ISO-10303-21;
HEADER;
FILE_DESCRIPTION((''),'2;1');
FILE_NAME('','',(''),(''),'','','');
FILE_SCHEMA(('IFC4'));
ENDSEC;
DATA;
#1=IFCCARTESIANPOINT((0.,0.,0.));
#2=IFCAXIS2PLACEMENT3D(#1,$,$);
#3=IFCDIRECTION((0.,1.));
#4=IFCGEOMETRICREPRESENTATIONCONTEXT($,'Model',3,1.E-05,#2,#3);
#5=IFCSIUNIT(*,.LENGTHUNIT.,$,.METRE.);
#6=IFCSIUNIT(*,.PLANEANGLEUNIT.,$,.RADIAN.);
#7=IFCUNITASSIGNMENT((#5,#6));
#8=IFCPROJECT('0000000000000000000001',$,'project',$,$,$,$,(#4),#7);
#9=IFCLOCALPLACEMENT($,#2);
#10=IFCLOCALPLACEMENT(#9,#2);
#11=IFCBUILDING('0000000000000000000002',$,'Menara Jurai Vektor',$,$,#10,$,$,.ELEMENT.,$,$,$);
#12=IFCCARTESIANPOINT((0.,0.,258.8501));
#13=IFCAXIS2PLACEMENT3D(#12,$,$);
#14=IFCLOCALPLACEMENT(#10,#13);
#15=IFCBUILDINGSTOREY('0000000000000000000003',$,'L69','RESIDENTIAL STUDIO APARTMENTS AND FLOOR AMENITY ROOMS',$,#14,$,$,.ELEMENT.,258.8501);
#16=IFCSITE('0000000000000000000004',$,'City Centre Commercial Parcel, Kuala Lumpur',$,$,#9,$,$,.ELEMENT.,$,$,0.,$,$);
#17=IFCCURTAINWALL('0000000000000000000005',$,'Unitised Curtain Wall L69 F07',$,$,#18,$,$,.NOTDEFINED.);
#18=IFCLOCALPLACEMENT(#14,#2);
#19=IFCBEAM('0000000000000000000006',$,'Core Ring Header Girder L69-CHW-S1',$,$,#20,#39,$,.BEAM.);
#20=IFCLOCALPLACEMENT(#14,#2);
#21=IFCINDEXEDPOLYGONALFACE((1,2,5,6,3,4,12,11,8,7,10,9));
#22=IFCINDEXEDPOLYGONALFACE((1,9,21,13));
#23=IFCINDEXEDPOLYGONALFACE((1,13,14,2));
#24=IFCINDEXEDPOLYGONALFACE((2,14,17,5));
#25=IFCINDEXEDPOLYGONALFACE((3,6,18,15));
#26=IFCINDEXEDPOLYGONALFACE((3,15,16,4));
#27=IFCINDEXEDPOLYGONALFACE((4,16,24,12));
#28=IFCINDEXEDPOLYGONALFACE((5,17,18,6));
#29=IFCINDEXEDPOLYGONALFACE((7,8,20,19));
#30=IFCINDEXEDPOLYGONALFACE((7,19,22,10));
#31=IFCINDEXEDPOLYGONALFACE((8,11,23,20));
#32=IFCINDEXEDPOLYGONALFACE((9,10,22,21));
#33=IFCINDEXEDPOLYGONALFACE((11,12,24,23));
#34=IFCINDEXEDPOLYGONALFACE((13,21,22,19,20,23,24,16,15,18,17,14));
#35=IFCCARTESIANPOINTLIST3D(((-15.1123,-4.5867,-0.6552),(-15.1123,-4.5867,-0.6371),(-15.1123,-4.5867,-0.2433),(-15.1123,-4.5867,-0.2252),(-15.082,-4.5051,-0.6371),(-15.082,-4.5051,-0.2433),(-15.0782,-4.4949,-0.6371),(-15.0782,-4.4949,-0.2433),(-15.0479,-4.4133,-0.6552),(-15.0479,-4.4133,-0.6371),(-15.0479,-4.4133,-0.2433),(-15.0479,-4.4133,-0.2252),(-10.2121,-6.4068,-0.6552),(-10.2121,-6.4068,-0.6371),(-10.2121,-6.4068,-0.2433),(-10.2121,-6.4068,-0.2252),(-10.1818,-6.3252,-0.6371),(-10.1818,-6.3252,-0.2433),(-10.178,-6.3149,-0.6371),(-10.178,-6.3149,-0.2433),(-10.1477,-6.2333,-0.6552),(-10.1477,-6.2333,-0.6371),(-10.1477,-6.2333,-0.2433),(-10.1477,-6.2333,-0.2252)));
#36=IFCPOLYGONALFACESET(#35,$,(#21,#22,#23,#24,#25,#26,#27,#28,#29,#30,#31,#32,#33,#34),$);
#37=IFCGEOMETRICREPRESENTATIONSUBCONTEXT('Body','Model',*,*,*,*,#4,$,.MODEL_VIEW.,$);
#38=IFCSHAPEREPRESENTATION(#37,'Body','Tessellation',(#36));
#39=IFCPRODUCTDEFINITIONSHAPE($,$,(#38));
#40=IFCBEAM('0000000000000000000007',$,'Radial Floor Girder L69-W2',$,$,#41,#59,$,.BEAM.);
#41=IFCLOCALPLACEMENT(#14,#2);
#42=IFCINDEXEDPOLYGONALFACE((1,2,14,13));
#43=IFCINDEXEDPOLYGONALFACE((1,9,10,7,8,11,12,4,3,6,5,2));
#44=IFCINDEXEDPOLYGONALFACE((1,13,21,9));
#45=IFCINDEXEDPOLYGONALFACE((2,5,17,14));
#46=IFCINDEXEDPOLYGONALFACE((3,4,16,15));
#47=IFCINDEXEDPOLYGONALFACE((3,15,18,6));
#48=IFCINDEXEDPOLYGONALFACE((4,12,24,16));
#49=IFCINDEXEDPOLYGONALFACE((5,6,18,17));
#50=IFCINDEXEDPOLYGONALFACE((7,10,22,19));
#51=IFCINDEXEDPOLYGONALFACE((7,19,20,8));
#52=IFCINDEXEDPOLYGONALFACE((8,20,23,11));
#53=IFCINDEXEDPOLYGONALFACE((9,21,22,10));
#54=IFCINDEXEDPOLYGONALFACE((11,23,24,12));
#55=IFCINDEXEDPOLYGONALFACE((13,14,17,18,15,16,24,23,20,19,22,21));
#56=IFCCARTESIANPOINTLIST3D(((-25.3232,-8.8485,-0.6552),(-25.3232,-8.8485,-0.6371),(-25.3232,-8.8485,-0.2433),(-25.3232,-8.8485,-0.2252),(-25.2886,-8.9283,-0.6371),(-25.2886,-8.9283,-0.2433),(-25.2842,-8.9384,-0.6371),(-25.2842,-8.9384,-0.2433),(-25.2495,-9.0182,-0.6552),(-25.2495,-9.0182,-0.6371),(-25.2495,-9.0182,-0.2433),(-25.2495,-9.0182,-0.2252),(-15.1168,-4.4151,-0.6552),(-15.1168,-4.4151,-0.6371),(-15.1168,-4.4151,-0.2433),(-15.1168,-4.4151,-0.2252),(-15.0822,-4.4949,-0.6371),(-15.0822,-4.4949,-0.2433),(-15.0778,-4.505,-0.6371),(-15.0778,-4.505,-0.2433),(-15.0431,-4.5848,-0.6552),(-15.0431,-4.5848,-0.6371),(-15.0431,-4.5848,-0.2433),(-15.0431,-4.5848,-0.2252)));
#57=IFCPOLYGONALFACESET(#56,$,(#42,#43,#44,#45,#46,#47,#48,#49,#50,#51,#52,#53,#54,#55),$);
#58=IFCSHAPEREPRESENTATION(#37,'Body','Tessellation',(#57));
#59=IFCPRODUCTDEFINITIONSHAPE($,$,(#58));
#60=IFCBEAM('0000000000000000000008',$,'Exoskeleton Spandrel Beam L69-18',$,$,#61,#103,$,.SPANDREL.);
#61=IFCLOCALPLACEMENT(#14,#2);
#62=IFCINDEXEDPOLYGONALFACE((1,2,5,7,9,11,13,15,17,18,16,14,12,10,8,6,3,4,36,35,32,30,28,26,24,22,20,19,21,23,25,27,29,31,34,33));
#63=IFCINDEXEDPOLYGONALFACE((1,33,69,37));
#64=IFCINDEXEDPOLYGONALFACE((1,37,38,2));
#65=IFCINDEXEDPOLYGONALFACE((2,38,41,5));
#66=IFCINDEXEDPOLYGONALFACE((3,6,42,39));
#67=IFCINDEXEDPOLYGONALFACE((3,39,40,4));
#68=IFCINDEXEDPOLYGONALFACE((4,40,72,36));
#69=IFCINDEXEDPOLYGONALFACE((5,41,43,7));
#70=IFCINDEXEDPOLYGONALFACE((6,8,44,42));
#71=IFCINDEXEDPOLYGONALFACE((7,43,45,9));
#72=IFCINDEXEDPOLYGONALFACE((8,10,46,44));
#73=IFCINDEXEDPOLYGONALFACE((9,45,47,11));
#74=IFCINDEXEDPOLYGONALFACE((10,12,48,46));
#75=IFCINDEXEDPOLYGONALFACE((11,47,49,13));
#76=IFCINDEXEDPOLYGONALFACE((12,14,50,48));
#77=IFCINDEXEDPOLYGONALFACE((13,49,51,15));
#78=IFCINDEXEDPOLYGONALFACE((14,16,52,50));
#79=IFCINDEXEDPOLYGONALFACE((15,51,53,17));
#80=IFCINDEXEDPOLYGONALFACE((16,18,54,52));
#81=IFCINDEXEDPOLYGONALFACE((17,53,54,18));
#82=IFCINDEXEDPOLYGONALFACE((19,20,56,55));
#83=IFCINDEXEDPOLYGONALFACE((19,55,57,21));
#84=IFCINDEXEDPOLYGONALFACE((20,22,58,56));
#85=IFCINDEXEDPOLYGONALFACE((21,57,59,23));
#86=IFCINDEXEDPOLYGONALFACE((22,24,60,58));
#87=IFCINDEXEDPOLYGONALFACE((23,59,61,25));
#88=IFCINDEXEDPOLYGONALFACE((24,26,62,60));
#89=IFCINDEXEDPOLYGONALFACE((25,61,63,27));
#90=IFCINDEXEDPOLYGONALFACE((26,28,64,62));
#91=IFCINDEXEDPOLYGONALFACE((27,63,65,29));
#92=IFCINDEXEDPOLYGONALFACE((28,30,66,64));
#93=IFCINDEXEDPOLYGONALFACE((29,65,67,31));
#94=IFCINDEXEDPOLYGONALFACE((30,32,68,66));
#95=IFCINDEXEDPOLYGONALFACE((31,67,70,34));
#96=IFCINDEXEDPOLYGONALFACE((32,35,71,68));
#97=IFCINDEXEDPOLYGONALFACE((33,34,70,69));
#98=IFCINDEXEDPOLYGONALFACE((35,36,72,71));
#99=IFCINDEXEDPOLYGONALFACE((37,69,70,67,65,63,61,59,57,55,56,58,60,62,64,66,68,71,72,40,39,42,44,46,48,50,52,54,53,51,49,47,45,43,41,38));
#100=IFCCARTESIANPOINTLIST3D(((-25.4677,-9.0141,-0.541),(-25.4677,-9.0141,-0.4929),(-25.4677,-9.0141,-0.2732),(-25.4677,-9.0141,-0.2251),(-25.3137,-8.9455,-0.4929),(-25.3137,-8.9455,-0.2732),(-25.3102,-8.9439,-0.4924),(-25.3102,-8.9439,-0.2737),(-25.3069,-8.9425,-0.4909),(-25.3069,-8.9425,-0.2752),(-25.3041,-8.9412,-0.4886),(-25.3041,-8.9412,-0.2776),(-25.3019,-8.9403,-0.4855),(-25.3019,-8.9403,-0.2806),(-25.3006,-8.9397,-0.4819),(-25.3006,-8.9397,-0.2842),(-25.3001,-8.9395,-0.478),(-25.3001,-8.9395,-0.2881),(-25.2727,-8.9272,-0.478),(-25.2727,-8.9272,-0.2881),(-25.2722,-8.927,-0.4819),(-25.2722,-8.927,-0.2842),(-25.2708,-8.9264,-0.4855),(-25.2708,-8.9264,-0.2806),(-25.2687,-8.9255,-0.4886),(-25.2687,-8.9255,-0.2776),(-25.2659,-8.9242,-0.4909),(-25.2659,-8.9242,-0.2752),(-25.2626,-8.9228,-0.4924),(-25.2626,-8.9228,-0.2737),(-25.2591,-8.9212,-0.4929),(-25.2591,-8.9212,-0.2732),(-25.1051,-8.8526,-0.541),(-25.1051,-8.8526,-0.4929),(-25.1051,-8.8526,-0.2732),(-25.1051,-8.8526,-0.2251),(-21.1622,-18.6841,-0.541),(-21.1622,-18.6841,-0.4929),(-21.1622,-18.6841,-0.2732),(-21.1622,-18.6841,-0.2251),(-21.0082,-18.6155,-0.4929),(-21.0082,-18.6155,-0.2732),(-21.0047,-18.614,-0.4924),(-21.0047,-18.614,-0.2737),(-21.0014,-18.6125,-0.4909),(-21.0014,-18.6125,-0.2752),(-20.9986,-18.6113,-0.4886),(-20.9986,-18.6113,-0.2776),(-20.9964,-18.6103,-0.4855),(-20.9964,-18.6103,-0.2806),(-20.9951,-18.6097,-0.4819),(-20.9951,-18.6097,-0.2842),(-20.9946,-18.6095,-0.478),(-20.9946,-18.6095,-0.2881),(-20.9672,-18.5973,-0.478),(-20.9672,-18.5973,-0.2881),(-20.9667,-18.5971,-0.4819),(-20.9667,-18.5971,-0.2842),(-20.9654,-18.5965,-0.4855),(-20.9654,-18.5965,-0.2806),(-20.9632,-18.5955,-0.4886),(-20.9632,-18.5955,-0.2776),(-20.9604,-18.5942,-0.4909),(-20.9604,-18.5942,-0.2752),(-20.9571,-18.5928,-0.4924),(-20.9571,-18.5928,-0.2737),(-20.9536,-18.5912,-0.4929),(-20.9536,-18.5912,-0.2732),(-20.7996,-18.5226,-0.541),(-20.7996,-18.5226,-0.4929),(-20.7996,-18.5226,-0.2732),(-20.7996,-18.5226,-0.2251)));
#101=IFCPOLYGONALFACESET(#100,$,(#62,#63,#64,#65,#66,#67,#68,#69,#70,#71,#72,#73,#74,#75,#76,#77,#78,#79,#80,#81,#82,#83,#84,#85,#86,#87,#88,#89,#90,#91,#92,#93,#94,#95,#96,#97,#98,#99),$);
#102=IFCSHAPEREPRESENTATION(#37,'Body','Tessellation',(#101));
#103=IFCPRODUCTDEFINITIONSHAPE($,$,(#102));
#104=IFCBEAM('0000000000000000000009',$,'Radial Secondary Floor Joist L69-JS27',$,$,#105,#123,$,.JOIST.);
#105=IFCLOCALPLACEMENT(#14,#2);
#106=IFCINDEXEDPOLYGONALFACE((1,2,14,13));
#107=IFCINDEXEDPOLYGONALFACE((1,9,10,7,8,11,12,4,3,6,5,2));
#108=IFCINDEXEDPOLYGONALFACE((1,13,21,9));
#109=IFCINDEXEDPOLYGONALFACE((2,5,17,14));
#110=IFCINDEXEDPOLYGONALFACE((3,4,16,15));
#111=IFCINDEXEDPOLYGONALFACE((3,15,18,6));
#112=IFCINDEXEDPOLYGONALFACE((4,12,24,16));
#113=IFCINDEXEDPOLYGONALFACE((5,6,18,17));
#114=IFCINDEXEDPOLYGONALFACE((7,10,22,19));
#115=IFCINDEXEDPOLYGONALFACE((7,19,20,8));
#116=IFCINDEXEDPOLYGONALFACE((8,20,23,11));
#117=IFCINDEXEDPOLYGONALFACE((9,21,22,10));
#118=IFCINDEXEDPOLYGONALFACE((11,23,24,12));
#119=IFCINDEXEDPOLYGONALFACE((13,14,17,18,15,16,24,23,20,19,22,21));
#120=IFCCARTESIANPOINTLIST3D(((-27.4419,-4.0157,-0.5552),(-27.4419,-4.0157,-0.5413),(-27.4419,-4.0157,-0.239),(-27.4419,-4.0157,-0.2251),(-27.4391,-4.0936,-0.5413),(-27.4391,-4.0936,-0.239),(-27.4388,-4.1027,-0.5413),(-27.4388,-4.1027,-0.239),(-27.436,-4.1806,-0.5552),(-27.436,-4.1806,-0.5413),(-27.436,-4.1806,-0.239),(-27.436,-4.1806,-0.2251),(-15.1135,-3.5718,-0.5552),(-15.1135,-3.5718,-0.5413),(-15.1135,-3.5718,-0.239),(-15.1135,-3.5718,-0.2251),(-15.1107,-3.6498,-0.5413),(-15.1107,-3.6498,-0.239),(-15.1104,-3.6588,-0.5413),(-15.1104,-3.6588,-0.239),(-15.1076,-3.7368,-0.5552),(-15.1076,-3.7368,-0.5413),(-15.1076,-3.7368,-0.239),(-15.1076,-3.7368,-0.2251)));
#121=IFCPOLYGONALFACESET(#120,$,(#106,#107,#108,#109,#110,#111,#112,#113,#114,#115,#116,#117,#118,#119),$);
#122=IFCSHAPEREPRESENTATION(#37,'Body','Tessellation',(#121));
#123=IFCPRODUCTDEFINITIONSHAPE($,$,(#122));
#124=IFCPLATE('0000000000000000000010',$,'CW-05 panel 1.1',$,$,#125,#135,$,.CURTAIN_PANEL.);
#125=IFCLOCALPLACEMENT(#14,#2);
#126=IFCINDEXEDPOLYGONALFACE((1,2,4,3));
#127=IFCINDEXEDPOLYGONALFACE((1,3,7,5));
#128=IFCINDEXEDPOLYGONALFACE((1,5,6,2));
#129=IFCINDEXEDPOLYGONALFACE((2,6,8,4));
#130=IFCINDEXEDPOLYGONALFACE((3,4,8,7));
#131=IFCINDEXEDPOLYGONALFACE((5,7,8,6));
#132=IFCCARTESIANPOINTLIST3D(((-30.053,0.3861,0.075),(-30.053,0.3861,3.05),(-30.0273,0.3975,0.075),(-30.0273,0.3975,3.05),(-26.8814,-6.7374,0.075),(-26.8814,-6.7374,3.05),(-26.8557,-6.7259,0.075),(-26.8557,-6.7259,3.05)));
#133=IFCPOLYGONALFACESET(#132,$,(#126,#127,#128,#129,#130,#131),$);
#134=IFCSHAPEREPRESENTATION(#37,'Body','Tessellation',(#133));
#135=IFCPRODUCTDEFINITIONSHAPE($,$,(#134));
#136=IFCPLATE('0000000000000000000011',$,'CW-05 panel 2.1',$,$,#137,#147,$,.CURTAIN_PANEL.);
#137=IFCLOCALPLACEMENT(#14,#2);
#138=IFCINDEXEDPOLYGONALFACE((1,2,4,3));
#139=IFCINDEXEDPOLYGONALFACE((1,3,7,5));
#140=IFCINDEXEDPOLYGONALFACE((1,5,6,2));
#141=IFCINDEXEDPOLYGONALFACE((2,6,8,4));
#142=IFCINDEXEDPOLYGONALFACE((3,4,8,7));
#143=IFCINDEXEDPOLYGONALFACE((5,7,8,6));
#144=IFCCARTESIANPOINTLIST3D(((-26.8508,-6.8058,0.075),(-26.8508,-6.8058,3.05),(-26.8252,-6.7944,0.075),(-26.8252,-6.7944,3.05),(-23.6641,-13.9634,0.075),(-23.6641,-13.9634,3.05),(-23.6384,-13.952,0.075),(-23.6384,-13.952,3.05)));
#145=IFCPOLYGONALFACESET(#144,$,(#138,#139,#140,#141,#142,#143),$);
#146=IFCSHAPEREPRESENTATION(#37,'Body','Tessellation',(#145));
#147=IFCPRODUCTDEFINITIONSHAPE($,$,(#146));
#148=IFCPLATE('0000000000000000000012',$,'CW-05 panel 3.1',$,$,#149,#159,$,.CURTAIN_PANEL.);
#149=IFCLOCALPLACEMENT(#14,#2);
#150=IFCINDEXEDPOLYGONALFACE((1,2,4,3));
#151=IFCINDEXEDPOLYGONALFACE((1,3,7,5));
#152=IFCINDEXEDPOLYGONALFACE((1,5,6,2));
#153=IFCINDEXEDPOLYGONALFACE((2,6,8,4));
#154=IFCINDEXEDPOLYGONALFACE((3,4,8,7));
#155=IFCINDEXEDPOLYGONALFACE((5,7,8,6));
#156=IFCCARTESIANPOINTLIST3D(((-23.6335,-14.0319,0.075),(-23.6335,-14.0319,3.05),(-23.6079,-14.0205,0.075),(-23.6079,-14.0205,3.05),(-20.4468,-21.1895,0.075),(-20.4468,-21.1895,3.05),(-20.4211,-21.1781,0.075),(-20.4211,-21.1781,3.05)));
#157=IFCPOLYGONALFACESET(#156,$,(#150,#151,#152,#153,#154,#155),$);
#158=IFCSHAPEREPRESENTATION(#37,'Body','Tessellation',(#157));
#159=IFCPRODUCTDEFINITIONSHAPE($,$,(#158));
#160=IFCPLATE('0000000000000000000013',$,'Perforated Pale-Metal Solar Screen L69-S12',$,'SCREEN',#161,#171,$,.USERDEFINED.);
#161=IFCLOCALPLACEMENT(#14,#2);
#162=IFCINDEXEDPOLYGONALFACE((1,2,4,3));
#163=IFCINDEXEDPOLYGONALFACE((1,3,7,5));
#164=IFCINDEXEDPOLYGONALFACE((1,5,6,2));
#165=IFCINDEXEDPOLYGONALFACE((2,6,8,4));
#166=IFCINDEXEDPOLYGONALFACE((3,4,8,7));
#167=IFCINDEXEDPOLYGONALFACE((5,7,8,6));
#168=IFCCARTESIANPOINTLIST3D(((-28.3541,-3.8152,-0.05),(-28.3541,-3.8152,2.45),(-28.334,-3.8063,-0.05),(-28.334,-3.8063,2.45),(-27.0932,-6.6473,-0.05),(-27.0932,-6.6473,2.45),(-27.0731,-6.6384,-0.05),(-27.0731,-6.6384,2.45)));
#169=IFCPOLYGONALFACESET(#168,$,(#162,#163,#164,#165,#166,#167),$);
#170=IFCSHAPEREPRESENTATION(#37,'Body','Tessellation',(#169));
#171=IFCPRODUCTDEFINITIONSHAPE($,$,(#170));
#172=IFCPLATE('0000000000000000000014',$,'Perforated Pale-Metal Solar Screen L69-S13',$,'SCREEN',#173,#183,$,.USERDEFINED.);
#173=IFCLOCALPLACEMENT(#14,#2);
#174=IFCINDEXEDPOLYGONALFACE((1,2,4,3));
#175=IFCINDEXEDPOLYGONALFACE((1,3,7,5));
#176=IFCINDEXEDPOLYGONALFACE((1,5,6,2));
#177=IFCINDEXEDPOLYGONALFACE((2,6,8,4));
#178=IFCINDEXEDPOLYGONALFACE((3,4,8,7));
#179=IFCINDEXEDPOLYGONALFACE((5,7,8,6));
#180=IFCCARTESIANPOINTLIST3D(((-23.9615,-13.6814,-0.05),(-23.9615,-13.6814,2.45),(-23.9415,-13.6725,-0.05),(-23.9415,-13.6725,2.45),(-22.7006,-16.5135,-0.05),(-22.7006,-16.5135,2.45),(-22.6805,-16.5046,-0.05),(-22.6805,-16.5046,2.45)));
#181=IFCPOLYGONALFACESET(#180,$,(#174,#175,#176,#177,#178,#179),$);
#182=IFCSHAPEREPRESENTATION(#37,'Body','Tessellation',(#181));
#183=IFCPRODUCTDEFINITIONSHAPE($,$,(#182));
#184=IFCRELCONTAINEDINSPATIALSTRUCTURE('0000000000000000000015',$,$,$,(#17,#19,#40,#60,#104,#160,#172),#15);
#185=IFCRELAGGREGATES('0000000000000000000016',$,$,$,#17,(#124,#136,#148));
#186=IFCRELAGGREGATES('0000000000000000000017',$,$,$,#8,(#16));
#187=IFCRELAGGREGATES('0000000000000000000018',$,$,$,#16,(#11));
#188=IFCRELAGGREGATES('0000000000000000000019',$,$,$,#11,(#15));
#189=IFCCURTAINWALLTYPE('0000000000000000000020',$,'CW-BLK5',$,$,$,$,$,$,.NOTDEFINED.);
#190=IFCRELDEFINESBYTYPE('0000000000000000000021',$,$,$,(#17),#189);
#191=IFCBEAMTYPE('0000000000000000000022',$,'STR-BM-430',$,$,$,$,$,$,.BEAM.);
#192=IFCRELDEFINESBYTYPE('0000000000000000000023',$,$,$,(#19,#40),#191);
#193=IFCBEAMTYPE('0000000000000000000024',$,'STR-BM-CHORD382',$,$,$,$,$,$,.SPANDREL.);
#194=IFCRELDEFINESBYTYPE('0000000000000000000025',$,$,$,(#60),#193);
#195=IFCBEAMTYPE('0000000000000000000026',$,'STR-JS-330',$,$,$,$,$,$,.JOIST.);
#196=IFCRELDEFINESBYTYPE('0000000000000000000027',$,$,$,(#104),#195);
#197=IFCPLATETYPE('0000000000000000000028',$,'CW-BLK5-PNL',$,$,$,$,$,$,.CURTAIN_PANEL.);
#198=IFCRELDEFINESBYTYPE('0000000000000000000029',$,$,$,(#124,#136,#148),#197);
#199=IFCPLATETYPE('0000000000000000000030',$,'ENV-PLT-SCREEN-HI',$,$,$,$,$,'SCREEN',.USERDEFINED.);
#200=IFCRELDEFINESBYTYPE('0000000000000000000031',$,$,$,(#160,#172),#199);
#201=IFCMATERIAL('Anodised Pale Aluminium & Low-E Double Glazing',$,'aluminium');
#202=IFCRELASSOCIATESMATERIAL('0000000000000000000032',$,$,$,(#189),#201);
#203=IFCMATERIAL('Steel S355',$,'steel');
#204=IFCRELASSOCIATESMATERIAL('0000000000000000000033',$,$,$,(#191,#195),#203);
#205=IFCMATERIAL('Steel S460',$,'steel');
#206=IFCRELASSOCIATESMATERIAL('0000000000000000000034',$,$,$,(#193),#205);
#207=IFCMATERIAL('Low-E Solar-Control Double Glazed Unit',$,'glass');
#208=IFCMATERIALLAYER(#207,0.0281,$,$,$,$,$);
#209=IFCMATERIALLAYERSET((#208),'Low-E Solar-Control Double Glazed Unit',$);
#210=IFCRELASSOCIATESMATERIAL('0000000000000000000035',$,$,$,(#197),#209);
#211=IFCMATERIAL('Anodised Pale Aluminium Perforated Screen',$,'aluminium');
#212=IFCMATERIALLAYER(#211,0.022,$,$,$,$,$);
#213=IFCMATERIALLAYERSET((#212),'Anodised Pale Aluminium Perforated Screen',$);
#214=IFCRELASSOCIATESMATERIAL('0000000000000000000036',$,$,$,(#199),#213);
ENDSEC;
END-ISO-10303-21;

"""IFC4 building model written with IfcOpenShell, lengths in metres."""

from ifc_helpers import new_model, si_unit, direction, frame, origin, origin_2d, place, context, subcontext, project, spatial, rectangle, i_section, extrude, material, layer, layer_set, material_profile, profile_set, type_object, element, aggregate, save


model = new_model("IFC4")

# Units and contexts
model_context = context("Model", 3, precision=1e-05, world=origin(), true_north=direction((0.0, 1.0)))
body_context = subcontext(model_context, "Body", "Model", "MODEL_VIEW")
ifc_project = project(units=[si_unit("LENGTHUNIT", "METRE"), si_unit("PLANEANGLEUNIT", "RADIAN")], contexts=[model_context])

# Site, building, storey
site_placement = place(None, origin())
site = spatial("IfcSite", under=ifc_project, at=site_placement, Name="City Centre Commercial Parcel, Kuala Lumpur", CompositionType="ELEMENT", RefElevation=0.0)
building_placement = place(site_placement, origin())
building = spatial("IfcBuilding", under=site, at=building_placement, Name="Menara Jurai Vektor", CompositionType="ELEMENT")
storey_placement = place(building_placement, frame((0.0, 0.0, 258.8501)))
storey = spatial("IfcBuildingStorey", under=building, at=storey_placement, Name="L69", Description="RESIDENTIAL STUDIO APARTMENTS AND FLOOR AMENITY ROOMS", CompositionType="ELEMENT", Elevation=258.8501)

# Shared definitions
ifc_material_1 = material(Name="Steel S460", Category="steel")

# Curtain wall
ifc_material_2 = material(Name="Anodised Pale Aluminium & Low-E Double Glazing", Category="aluminium")
curtain_wall_type = type_object("IfcCurtainWallType", Name="CW-BLK5", PredefinedType="NOTDEFINED", material=ifc_material_2)
curtain_wall_placement = place(storey_placement, origin())
curtain_wall = element("IfcCurtainWall", 1, at=curtain_wall_placement, inside=storey, type_object=curtain_wall_type, Name="Unitised Curtain Wall L69 F07", PredefinedType="NOTDEFINED")

# Beams
ifc_material_3 = material(Name="Steel S355", Category="steel")
ifc_material_profile_1 = material_profile(ifc_material_3, i_section(OverallWidth=0.1851, OverallDepth=0.4299, WebThickness=0.011, FlangeThickness=0.0181, at=origin_2d()), Name="PG 430x185x76")
ifc_profile_set_1 = profile_set([ifc_material_profile_1], Name="Steel S355")
beam_type_1 = type_object("IfcBeamType", Name="STR-BM-430", PredefinedType="BEAM", material=ifc_profile_set_1)
beam_1_placement = place(storey_placement, frame((-15.0801, -4.5, -0.4402), z_axis=(0.937424, -0.348189, 0.0), x_axis=(0.348189, 0.937424, 0.0)))
element("IfcBeam", 2, at=beam_1_placement, inside=storey, type_object=beam_type_1, Name="Core Ring Header Girder L69-CHW-S1", PredefinedType="BEAM", context=body_context, shape_type="SweptSolid", body=[
    extrude(i_section(OverallWidth=0.1851, OverallDepth=0.4299, WebThickness=0.011, FlangeThickness=0.0181, at=origin_2d()), origin(), (0.0, 0.0, 1.0), 5.2273),
])
beam_2_placement = place(storey_placement, frame((-25.2864, -8.9333, -0.4402), z_axis=(0.917207, 0.398411, 0.0), x_axis=(-0.398411, 0.917207, 0.0)))
element("IfcBeam", 3, at=beam_2_placement, inside=storey, type_object=beam_type_1, Name="Radial Floor Girder L69-W2", PredefinedType="BEAM", context=body_context, shape_type="SweptSolid", body=[
    extrude(i_section(OverallWidth=0.1851, OverallDepth=0.4299, WebThickness=0.011, FlangeThickness=0.0181, at=origin_2d()), origin(), (0.0, 0.0, 1.0), 11.1277),
])
ifc_material_profile_2 = material_profile(ifc_material_1, i_section(OverallWidth=0.397, OverallDepth=0.3159, WebThickness=0.03, FlangeThickness=0.0481, FilletRadius=0.0149, at=origin_2d()), Name="HD 400x382")
ifc_profile_set_2 = profile_set([ifc_material_profile_2], Name="Steel S460")
beam_type_2 = type_object("IfcBeamType", Name="STR-BM-CHORD382", PredefinedType="SPANDREL", material=ifc_profile_set_2)
beam_3_placement = place(storey_placement, frame((-25.2864, -8.9333, -0.3831), z_axis=(0.406744, -0.913542, 0.0), x_axis=(0.913542, 0.406744, 0.0)))
element("IfcBeam", 4, at=beam_3_placement, inside=storey, type_object=beam_type_2, Name="Exoskeleton Spandrel Beam L69-18", PredefinedType="SPANDREL", context=body_context, shape_type="SweptSolid", body=[
    extrude(i_section(OverallWidth=0.397, OverallDepth=0.3159, WebThickness=0.03, FlangeThickness=0.0481, FilletRadius=0.0149, at=origin_2d()), origin(), (0.0, 0.0, 1.0), 10.5852),
])
ifc_material_profile_3 = material_profile(ifc_material_3, i_section(OverallWidth=0.165, OverallDepth=0.3301, WebThickness=0.009, FlangeThickness=0.0139, at=origin_2d()), Name="PG 330x165x46")
ifc_profile_set_3 = profile_set([ifc_material_profile_3], Name="Steel S355")
beam_type_3 = type_object("IfcBeamType", Name="STR-JS-330", PredefinedType="JOIST", material=ifc_profile_set_3)
beam_4_placement = place(storey_placement, frame((-27.439, -4.0981, -0.3901), z_axis=(0.999353, 0.035979, 0.0), x_axis=(-0.035979, 0.999353, 0.0)))
element("IfcBeam", 5, at=beam_4_placement, inside=storey, type_object=beam_type_3, Name="Radial Secondary Floor Joist L69-JS27", PredefinedType="JOIST", context=body_context, shape_type="SweptSolid", body=[
    extrude(i_section(OverallWidth=0.165, OverallDepth=0.3301, WebThickness=0.009, FlangeThickness=0.0139, at=origin_2d()), origin(), (0.0, 0.0, 1.0), 12.3364),
])

# Plates
ifc_material_4 = material(Name="Low-E Solar-Control Double Glazed Unit", Category="glass")
ifc_layer_1 = layer(ifc_material_4, 0.0281)
ifc_layer_set_1 = layer_set([ifc_layer_1], Name="Low-E Solar-Control Double Glazed Unit")
plate_type_1 = type_object("IfcPlateType", Name="CW-BLK5-PNL", PredefinedType="CURTAIN_PANEL", material=ifc_layer_set_1)
plate_1_placement = place(storey_placement, frame((-28.4543, -3.1699, 0.075), z_axis=(0.0, 0.0, 1.0), x_axis=(0.406735, -0.913546, 0.0)))
plate_1 = element("IfcPlate", 6, at=plate_1_placement, type_object=plate_type_1, Name="CW-05 panel 1.1", PredefinedType="CURTAIN_PANEL", context=body_context, shape_type="SweptSolid", body=[
    extrude(rectangle(XDim=7.7976, YDim=0.0281, at=origin_2d()), origin(), (0.0, 0.0, 1.0), 2.9751),
])
plate_2_placement = place(storey_placement, frame((-25.2446, -10.3789, 0.075), z_axis=(0.0, 0.0, 1.0), x_axis=(0.406735, -0.913546, 0.0)))
plate_2 = element("IfcPlate", 7, at=plate_2_placement, type_object=plate_type_1, Name="CW-05 panel 2.1", PredefinedType="CURTAIN_PANEL", context=body_context, shape_type="SweptSolid", body=[
    extrude(rectangle(XDim=7.835, YDim=0.0281, at=origin_2d()), origin(), (0.0, 0.0, 1.0), 2.9751),
])
plate_3_placement = place(storey_placement, frame((-22.0273, -17.605, 0.075), z_axis=(0.0, 0.0, 1.0), x_axis=(0.406735, -0.913546, 0.0)))
plate_3 = element("IfcPlate", 8, at=plate_3_placement, type_object=plate_type_1, Name="CW-05 panel 3.1", PredefinedType="CURTAIN_PANEL", context=body_context, shape_type="SweptSolid", body=[
    extrude(rectangle(XDim=7.835, YDim=0.0281, at=origin_2d()), origin(), (0.0, 0.0, 1.0), 2.9751),
])
aggregate(curtain_wall, [plate_1, plate_2, plate_3])

# Plates
ifc_material_5 = material(Name="Anodised Pale Aluminium Perforated Screen", Category="aluminium")
ifc_layer_2 = layer(ifc_material_5, 0.022)
ifc_layer_set_2 = layer_set([ifc_layer_2], Name="Anodised Pale Aluminium Perforated Screen")
plate_type_2 = type_object("IfcPlateType", Name="ENV-PLT-SCREEN-HI", ElementType="SCREEN", PredefinedType="USERDEFINED", material=ifc_layer_set_2)
for number, where, z_axis, x_axis, name in (
    (9, (-27.7136, -5.2268, -0.05), (0.0, 0.0, 1.0), (0.406737, -0.913545, 0.0), "Perforated Pale-Metal Solar Screen L69-S12"),
    (10, (-23.321, -15.093, -0.05), (0.0, 0.0, 1.0), (0.406737, -0.913545, 0.0), "Perforated Pale-Metal Solar Screen L69-S13"),
):
    element("IfcPlate", number, at=place(storey_placement, frame(where, z_axis=z_axis, x_axis=x_axis)), inside=storey, type_object=plate_type_2, Name=name, ObjectType="SCREEN", PredefinedType="USERDEFINED", context=body_context, shape_type="SweptSolid", body=[
        extrude(rectangle(XDim=3.1001, YDim=0.022, at=origin_2d()), origin(), (0.0, 0.0, 1.0), 2.5),
    ])

save(model, "model.ifc")
